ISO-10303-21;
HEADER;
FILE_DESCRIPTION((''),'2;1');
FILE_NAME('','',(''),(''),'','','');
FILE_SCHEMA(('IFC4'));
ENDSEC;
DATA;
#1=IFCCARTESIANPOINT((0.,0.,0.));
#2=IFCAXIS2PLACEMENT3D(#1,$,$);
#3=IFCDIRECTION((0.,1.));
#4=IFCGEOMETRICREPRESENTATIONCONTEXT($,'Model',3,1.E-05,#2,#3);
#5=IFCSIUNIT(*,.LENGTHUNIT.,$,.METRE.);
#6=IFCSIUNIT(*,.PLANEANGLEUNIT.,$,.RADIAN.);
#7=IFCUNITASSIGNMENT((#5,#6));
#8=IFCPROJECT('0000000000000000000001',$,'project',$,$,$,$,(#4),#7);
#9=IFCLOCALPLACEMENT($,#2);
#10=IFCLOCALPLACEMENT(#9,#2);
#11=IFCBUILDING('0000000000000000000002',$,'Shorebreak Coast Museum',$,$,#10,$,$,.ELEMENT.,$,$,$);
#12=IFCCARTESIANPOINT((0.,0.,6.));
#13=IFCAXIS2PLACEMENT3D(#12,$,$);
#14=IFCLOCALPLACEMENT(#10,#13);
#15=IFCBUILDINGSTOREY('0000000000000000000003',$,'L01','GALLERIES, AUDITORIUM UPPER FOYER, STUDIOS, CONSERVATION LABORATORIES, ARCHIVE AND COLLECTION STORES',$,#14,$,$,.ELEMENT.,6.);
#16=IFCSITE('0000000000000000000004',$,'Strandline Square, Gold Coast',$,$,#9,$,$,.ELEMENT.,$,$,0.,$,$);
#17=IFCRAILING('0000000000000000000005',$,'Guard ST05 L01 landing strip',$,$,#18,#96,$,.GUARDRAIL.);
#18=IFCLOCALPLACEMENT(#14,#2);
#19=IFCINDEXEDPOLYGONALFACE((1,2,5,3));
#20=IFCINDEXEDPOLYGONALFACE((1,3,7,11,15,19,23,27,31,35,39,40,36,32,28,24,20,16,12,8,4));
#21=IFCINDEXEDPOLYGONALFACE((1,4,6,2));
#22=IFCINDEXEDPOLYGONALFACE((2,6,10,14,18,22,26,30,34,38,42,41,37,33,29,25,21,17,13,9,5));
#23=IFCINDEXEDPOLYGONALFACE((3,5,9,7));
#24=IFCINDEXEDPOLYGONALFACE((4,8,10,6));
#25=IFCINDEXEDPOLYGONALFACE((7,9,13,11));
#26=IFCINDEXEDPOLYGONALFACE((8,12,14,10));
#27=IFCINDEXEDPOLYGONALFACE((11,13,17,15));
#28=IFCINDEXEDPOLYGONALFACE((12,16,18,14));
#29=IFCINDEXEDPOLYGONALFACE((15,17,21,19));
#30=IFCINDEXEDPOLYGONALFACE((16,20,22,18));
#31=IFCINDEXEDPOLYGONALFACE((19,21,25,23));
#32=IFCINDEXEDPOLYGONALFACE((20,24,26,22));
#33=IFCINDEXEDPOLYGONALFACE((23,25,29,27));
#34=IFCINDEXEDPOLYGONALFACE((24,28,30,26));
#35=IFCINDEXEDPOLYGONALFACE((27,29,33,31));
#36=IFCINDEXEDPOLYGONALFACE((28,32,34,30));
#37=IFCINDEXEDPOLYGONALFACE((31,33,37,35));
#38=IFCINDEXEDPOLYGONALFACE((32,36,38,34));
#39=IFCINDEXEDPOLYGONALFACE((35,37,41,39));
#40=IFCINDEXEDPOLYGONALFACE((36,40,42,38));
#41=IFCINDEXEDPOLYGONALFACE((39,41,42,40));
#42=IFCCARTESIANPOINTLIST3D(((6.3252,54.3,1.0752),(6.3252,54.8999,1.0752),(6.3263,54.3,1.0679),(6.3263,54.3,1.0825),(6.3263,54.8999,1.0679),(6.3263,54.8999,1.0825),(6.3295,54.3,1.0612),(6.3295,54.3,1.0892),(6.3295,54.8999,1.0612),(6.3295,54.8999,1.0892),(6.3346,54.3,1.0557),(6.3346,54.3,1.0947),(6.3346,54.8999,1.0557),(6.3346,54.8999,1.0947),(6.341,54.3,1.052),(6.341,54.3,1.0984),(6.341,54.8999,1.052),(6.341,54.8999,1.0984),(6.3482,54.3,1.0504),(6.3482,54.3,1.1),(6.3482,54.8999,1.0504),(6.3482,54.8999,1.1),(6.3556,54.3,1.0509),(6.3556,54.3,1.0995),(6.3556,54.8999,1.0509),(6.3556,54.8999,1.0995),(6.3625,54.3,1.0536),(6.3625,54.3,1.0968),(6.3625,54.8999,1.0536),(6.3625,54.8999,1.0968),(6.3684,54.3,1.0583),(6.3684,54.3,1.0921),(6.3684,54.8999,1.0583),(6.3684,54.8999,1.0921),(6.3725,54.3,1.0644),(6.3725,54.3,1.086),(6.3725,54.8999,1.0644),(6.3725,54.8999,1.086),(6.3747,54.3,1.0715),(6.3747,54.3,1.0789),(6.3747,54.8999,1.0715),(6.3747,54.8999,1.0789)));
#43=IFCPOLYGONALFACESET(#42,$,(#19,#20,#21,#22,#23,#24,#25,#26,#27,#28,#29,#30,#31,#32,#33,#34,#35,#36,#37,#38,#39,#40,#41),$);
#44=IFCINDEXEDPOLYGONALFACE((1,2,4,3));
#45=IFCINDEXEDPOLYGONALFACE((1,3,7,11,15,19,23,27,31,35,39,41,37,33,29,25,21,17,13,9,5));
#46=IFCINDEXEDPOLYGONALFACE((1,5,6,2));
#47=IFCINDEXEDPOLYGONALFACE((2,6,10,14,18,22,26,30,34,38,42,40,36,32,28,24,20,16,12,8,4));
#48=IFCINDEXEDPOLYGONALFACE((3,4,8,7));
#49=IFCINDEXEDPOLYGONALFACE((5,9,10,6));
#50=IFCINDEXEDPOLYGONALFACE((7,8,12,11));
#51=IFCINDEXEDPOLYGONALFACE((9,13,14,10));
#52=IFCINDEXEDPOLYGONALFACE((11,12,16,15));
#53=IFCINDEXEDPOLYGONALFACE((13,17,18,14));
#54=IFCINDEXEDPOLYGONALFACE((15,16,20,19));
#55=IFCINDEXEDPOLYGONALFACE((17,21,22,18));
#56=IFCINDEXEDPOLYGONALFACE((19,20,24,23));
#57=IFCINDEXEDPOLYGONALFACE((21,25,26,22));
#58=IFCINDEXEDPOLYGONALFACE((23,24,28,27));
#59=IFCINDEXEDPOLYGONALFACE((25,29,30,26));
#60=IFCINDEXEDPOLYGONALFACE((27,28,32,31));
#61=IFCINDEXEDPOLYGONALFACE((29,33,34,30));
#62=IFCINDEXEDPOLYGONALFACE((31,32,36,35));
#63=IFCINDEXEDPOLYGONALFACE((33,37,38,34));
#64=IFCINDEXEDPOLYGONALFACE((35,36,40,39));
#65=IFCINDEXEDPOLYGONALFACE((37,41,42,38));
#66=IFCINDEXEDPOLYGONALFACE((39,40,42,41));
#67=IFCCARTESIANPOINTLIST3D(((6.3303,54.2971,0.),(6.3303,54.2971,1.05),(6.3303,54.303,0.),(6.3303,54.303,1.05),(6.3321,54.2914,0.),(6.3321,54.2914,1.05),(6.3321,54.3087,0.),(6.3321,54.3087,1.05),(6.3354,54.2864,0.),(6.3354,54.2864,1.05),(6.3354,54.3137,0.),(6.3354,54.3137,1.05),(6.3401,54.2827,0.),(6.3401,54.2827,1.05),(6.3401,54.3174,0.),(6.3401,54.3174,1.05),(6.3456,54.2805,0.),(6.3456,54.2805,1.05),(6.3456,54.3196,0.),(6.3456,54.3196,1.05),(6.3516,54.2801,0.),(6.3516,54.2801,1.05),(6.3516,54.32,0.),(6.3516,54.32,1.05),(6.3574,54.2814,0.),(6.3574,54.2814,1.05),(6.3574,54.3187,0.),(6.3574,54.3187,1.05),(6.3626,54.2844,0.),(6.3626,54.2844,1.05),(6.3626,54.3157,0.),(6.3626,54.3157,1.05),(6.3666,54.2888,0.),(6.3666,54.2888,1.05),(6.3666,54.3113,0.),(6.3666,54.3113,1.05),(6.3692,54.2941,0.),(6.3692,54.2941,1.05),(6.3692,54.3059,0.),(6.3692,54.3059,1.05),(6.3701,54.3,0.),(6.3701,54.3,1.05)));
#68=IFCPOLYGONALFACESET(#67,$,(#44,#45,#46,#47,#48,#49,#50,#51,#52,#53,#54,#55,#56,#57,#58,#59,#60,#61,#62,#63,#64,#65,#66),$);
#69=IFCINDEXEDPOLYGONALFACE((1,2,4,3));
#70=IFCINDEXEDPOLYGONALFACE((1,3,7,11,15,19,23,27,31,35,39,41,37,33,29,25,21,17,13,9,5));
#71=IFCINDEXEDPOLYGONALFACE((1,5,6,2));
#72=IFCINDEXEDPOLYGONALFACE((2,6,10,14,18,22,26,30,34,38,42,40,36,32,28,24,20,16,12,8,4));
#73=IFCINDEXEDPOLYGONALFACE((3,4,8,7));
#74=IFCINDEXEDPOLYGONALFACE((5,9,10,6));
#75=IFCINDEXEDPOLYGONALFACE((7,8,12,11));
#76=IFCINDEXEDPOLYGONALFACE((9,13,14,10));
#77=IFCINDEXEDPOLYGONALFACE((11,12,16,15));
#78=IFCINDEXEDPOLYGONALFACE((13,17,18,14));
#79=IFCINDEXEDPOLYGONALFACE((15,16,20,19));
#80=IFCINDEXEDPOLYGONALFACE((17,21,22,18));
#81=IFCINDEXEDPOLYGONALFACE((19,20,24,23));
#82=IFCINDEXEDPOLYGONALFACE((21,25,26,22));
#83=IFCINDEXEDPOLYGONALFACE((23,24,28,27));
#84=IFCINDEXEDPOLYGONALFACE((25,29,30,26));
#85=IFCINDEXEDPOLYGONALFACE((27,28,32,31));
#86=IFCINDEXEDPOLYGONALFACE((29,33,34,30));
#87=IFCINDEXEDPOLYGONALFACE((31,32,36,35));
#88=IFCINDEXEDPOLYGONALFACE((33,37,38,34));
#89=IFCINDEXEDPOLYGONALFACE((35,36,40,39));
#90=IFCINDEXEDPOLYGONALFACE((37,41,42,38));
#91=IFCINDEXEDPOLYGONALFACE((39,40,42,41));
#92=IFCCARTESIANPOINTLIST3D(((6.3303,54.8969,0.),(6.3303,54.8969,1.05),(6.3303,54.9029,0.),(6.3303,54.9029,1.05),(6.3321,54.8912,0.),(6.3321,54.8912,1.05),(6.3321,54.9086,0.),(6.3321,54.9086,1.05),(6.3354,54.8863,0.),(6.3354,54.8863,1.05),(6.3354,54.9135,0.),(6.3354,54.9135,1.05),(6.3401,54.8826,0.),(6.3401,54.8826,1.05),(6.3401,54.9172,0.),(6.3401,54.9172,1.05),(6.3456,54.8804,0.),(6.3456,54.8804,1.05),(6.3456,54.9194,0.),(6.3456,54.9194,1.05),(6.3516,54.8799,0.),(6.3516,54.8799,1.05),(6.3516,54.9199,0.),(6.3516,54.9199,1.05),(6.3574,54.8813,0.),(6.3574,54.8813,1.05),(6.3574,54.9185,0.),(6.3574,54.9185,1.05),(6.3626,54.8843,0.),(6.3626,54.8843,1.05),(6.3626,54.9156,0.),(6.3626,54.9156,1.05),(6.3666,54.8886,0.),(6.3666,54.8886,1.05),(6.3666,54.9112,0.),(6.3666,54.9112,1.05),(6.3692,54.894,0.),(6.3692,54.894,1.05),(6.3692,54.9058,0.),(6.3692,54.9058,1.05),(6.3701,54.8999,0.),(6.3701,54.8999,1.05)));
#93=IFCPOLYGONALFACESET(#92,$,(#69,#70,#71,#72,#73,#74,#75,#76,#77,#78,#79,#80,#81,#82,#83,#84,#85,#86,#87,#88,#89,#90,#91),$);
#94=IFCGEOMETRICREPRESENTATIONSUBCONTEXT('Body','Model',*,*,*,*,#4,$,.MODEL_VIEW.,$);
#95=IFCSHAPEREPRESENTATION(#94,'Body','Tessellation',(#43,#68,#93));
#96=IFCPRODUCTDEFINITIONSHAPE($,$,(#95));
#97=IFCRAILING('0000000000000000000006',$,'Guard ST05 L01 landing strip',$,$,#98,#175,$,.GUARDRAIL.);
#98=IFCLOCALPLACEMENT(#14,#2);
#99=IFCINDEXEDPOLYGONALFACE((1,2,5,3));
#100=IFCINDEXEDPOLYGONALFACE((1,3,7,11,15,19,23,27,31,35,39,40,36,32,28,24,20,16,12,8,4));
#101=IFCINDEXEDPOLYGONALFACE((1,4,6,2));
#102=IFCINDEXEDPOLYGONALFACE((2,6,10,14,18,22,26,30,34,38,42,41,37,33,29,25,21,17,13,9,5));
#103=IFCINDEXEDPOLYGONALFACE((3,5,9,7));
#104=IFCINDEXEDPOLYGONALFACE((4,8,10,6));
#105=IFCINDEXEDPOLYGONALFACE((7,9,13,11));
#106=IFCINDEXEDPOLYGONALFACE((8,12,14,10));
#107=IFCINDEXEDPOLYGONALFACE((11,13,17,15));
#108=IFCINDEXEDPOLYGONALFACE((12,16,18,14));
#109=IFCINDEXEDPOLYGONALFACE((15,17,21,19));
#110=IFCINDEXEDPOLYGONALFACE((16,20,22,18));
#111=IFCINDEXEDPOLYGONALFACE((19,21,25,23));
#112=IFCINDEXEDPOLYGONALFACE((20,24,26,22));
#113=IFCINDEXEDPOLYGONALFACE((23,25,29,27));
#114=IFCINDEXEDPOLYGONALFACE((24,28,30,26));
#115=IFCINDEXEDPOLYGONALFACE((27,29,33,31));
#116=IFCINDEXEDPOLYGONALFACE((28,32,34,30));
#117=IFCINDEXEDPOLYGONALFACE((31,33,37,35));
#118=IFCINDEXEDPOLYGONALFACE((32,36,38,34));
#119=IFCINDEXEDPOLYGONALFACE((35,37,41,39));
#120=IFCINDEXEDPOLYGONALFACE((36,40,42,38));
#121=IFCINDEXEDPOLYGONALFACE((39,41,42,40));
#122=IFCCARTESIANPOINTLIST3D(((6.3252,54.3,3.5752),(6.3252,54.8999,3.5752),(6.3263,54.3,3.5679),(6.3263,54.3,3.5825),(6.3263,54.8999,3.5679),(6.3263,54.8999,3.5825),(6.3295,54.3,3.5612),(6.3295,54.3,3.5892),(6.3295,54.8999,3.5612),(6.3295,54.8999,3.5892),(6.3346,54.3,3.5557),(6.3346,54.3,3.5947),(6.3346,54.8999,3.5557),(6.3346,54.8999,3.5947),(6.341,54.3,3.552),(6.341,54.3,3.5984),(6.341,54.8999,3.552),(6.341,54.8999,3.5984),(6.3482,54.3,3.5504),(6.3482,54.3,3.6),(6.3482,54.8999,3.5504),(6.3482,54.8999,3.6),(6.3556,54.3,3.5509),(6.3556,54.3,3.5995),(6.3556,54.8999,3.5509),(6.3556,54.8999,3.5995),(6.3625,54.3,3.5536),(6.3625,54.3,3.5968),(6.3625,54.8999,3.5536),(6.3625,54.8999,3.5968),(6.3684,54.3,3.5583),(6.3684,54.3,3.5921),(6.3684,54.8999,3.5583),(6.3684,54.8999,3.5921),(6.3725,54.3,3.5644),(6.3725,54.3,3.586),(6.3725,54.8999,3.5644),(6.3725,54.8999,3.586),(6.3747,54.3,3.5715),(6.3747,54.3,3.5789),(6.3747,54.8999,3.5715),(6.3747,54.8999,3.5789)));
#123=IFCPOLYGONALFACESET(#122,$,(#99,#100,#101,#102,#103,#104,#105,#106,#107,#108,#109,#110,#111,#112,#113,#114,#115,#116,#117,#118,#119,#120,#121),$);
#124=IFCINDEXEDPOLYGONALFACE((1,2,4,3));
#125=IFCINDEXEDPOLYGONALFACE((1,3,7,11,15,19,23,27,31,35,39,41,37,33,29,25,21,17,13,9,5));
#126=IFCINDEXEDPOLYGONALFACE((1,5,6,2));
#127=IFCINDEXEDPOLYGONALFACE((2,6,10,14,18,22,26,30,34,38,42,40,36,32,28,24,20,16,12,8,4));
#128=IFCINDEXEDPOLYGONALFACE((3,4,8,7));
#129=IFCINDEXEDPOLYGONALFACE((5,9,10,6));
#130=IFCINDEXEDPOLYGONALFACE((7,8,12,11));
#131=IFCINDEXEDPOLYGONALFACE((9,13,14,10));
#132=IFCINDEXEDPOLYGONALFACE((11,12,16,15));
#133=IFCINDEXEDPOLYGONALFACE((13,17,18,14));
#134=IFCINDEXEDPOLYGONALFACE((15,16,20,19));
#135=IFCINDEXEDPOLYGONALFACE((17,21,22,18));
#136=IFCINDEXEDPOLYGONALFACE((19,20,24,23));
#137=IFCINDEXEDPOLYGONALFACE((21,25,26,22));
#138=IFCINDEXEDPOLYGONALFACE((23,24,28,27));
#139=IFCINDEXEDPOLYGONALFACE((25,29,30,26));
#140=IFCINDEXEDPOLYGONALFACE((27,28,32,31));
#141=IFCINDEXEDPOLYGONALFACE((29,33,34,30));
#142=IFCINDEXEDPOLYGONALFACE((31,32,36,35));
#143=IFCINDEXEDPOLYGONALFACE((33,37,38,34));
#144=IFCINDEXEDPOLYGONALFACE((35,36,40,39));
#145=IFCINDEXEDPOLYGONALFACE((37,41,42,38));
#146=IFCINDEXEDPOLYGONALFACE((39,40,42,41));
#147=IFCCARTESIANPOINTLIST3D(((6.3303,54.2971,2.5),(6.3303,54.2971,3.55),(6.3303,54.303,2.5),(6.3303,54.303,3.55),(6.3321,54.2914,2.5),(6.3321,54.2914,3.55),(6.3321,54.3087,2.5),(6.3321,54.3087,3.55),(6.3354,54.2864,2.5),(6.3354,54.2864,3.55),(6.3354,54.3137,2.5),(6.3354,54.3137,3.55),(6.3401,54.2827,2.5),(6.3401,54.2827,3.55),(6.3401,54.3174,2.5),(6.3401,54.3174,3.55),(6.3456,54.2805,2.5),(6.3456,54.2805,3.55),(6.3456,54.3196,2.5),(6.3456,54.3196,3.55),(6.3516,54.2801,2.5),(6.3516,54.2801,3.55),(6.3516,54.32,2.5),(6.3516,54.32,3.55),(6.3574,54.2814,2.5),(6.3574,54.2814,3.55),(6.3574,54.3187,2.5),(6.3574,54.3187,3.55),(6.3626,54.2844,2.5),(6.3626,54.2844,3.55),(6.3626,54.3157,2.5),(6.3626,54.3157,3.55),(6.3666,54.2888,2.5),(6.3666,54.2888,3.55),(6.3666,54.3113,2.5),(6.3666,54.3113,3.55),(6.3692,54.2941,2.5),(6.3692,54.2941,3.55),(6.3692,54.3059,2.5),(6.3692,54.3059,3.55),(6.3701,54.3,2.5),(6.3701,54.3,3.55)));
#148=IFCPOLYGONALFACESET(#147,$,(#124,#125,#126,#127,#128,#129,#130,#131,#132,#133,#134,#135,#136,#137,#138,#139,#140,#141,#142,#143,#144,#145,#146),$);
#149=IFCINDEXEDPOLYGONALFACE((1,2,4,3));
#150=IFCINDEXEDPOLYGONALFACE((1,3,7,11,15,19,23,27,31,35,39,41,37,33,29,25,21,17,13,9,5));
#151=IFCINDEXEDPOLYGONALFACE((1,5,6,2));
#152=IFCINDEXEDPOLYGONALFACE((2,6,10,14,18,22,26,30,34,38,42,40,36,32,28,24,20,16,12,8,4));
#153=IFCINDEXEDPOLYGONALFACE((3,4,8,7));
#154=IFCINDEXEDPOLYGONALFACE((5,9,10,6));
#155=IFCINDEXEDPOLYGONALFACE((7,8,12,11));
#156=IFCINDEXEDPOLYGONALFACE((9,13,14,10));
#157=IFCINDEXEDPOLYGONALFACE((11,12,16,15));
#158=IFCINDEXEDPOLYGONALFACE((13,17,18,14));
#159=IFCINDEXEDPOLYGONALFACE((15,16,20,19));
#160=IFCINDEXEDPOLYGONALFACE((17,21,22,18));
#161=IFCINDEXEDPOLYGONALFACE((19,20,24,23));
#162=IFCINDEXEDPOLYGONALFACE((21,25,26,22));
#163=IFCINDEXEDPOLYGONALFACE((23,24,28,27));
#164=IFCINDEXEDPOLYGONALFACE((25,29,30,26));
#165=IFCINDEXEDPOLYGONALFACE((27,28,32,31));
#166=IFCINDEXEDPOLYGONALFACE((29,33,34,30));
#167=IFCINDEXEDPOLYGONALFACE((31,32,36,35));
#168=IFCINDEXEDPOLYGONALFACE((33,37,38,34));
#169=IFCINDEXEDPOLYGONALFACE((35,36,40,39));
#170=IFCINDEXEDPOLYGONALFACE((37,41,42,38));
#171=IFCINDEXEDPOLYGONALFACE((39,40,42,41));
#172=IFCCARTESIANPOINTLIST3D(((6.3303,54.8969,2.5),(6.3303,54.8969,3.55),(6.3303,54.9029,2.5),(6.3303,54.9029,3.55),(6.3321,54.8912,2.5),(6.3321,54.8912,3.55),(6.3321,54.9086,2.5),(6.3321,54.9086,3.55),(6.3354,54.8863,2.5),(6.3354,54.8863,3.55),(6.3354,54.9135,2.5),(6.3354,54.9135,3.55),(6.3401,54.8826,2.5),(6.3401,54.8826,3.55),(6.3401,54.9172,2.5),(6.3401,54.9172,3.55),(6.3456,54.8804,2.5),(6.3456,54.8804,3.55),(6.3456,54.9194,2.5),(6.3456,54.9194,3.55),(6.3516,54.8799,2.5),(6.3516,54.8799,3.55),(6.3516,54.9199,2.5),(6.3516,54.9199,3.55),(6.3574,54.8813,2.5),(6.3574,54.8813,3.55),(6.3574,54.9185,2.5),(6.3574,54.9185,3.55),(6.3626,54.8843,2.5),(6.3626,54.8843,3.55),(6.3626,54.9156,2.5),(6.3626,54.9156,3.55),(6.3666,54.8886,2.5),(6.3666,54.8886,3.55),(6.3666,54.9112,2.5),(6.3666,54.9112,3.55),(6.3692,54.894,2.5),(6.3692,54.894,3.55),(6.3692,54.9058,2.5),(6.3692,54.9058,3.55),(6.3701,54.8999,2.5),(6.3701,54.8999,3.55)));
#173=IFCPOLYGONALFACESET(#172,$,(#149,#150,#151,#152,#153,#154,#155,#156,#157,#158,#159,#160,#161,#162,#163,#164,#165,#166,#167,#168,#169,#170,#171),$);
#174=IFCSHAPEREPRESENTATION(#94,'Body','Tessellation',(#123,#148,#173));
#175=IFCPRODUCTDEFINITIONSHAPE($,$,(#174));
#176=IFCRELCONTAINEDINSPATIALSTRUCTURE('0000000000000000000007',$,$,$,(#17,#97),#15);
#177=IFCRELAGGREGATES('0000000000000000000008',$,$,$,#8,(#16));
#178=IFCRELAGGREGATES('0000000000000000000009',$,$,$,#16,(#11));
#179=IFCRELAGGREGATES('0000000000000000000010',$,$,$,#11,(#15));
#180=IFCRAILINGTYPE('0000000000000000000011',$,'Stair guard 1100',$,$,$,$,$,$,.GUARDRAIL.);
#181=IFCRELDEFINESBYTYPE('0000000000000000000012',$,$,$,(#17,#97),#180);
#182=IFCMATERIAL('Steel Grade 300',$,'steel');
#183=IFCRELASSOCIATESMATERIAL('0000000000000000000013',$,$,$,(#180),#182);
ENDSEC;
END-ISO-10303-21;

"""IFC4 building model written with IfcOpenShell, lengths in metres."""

from ifc_helpers import new_model, si_unit, direction, frame, origin, origin_2d, place, context, subcontext, project, spatial, circle, extrude, material, type_object, element, save


model = new_model("IFC4")

# Units and contexts
model_context = context("Model", 3, precision=1e-05, world=origin(), true_north=direction((0.0, 1.0)))
body_context = subcontext(model_context, "Body", "Model", "MODEL_VIEW")
ifc_project = project(units=[si_unit("LENGTHUNIT", "METRE"), si_unit("PLANEANGLEUNIT", "RADIAN")], contexts=[model_context])

# Site, building, storey
site_placement = place(None, origin())
site = spatial("IfcSite", under=ifc_project, at=site_placement, Name="Strandline Square, Gold Coast", CompositionType="ELEMENT", RefElevation=0.0)
building_placement = place(site_placement, origin())
building = spatial("IfcBuilding", under=site, at=building_placement, Name="Shorebreak Coast Museum", CompositionType="ELEMENT")
storey_placement = place(building_placement, frame((0.0, 0.0, 6.0)))
storey = spatial("IfcBuildingStorey", under=building, at=storey_placement, Name="L01", Description="GALLERIES, AUDITORIUM UPPER FOYER, STUDIOS, CONSERVATION LABORATORIES, ARCHIVE AND COLLECTION STORES", CompositionType="ELEMENT", Elevation=6.0)

# Railings
ifc_material_1 = material(Name="Steel Grade 300", Category="steel")
railing_type_1 = type_object("IfcRailingType", Name="Stair guard 1100", PredefinedType="GUARDRAIL", material=ifc_material_1)
for number, where, name in (
    (1, (6.3501, 54.3, 0.0), "Guard ST05 L01 landing strip"),
    (2, (6.3501, 54.3, 2.5), "Guard ST05 L01 landing strip"),
):
    element("IfcRailing", number, at=place(storey_placement, frame(where)), inside=storey, type_object=railing_type_1, Name=name, PredefinedType="GUARDRAIL", context=body_context, shape_type="SweptSolid", body=[
        extrude(circle(Radius=0.0249, at=origin_2d()), frame((0.0, 0.0, 1.0752), z_axis=(0.0, 1.0, 0.0), x_axis=(-1.0, 0.0, 0.0)), (0.0, 0.0, 1.0), 0.5999),
        extrude(circle(Radius=0.02, at=origin_2d()), origin(), (0.0, 0.0, 1.0), 1.05),
        extrude(circle(Radius=0.02, at=origin_2d()), frame((0.0, 0.5999, 0.0)), (0.0, 0.0, 1.0), 1.05),
    ])

save(model, "model.ifc")
